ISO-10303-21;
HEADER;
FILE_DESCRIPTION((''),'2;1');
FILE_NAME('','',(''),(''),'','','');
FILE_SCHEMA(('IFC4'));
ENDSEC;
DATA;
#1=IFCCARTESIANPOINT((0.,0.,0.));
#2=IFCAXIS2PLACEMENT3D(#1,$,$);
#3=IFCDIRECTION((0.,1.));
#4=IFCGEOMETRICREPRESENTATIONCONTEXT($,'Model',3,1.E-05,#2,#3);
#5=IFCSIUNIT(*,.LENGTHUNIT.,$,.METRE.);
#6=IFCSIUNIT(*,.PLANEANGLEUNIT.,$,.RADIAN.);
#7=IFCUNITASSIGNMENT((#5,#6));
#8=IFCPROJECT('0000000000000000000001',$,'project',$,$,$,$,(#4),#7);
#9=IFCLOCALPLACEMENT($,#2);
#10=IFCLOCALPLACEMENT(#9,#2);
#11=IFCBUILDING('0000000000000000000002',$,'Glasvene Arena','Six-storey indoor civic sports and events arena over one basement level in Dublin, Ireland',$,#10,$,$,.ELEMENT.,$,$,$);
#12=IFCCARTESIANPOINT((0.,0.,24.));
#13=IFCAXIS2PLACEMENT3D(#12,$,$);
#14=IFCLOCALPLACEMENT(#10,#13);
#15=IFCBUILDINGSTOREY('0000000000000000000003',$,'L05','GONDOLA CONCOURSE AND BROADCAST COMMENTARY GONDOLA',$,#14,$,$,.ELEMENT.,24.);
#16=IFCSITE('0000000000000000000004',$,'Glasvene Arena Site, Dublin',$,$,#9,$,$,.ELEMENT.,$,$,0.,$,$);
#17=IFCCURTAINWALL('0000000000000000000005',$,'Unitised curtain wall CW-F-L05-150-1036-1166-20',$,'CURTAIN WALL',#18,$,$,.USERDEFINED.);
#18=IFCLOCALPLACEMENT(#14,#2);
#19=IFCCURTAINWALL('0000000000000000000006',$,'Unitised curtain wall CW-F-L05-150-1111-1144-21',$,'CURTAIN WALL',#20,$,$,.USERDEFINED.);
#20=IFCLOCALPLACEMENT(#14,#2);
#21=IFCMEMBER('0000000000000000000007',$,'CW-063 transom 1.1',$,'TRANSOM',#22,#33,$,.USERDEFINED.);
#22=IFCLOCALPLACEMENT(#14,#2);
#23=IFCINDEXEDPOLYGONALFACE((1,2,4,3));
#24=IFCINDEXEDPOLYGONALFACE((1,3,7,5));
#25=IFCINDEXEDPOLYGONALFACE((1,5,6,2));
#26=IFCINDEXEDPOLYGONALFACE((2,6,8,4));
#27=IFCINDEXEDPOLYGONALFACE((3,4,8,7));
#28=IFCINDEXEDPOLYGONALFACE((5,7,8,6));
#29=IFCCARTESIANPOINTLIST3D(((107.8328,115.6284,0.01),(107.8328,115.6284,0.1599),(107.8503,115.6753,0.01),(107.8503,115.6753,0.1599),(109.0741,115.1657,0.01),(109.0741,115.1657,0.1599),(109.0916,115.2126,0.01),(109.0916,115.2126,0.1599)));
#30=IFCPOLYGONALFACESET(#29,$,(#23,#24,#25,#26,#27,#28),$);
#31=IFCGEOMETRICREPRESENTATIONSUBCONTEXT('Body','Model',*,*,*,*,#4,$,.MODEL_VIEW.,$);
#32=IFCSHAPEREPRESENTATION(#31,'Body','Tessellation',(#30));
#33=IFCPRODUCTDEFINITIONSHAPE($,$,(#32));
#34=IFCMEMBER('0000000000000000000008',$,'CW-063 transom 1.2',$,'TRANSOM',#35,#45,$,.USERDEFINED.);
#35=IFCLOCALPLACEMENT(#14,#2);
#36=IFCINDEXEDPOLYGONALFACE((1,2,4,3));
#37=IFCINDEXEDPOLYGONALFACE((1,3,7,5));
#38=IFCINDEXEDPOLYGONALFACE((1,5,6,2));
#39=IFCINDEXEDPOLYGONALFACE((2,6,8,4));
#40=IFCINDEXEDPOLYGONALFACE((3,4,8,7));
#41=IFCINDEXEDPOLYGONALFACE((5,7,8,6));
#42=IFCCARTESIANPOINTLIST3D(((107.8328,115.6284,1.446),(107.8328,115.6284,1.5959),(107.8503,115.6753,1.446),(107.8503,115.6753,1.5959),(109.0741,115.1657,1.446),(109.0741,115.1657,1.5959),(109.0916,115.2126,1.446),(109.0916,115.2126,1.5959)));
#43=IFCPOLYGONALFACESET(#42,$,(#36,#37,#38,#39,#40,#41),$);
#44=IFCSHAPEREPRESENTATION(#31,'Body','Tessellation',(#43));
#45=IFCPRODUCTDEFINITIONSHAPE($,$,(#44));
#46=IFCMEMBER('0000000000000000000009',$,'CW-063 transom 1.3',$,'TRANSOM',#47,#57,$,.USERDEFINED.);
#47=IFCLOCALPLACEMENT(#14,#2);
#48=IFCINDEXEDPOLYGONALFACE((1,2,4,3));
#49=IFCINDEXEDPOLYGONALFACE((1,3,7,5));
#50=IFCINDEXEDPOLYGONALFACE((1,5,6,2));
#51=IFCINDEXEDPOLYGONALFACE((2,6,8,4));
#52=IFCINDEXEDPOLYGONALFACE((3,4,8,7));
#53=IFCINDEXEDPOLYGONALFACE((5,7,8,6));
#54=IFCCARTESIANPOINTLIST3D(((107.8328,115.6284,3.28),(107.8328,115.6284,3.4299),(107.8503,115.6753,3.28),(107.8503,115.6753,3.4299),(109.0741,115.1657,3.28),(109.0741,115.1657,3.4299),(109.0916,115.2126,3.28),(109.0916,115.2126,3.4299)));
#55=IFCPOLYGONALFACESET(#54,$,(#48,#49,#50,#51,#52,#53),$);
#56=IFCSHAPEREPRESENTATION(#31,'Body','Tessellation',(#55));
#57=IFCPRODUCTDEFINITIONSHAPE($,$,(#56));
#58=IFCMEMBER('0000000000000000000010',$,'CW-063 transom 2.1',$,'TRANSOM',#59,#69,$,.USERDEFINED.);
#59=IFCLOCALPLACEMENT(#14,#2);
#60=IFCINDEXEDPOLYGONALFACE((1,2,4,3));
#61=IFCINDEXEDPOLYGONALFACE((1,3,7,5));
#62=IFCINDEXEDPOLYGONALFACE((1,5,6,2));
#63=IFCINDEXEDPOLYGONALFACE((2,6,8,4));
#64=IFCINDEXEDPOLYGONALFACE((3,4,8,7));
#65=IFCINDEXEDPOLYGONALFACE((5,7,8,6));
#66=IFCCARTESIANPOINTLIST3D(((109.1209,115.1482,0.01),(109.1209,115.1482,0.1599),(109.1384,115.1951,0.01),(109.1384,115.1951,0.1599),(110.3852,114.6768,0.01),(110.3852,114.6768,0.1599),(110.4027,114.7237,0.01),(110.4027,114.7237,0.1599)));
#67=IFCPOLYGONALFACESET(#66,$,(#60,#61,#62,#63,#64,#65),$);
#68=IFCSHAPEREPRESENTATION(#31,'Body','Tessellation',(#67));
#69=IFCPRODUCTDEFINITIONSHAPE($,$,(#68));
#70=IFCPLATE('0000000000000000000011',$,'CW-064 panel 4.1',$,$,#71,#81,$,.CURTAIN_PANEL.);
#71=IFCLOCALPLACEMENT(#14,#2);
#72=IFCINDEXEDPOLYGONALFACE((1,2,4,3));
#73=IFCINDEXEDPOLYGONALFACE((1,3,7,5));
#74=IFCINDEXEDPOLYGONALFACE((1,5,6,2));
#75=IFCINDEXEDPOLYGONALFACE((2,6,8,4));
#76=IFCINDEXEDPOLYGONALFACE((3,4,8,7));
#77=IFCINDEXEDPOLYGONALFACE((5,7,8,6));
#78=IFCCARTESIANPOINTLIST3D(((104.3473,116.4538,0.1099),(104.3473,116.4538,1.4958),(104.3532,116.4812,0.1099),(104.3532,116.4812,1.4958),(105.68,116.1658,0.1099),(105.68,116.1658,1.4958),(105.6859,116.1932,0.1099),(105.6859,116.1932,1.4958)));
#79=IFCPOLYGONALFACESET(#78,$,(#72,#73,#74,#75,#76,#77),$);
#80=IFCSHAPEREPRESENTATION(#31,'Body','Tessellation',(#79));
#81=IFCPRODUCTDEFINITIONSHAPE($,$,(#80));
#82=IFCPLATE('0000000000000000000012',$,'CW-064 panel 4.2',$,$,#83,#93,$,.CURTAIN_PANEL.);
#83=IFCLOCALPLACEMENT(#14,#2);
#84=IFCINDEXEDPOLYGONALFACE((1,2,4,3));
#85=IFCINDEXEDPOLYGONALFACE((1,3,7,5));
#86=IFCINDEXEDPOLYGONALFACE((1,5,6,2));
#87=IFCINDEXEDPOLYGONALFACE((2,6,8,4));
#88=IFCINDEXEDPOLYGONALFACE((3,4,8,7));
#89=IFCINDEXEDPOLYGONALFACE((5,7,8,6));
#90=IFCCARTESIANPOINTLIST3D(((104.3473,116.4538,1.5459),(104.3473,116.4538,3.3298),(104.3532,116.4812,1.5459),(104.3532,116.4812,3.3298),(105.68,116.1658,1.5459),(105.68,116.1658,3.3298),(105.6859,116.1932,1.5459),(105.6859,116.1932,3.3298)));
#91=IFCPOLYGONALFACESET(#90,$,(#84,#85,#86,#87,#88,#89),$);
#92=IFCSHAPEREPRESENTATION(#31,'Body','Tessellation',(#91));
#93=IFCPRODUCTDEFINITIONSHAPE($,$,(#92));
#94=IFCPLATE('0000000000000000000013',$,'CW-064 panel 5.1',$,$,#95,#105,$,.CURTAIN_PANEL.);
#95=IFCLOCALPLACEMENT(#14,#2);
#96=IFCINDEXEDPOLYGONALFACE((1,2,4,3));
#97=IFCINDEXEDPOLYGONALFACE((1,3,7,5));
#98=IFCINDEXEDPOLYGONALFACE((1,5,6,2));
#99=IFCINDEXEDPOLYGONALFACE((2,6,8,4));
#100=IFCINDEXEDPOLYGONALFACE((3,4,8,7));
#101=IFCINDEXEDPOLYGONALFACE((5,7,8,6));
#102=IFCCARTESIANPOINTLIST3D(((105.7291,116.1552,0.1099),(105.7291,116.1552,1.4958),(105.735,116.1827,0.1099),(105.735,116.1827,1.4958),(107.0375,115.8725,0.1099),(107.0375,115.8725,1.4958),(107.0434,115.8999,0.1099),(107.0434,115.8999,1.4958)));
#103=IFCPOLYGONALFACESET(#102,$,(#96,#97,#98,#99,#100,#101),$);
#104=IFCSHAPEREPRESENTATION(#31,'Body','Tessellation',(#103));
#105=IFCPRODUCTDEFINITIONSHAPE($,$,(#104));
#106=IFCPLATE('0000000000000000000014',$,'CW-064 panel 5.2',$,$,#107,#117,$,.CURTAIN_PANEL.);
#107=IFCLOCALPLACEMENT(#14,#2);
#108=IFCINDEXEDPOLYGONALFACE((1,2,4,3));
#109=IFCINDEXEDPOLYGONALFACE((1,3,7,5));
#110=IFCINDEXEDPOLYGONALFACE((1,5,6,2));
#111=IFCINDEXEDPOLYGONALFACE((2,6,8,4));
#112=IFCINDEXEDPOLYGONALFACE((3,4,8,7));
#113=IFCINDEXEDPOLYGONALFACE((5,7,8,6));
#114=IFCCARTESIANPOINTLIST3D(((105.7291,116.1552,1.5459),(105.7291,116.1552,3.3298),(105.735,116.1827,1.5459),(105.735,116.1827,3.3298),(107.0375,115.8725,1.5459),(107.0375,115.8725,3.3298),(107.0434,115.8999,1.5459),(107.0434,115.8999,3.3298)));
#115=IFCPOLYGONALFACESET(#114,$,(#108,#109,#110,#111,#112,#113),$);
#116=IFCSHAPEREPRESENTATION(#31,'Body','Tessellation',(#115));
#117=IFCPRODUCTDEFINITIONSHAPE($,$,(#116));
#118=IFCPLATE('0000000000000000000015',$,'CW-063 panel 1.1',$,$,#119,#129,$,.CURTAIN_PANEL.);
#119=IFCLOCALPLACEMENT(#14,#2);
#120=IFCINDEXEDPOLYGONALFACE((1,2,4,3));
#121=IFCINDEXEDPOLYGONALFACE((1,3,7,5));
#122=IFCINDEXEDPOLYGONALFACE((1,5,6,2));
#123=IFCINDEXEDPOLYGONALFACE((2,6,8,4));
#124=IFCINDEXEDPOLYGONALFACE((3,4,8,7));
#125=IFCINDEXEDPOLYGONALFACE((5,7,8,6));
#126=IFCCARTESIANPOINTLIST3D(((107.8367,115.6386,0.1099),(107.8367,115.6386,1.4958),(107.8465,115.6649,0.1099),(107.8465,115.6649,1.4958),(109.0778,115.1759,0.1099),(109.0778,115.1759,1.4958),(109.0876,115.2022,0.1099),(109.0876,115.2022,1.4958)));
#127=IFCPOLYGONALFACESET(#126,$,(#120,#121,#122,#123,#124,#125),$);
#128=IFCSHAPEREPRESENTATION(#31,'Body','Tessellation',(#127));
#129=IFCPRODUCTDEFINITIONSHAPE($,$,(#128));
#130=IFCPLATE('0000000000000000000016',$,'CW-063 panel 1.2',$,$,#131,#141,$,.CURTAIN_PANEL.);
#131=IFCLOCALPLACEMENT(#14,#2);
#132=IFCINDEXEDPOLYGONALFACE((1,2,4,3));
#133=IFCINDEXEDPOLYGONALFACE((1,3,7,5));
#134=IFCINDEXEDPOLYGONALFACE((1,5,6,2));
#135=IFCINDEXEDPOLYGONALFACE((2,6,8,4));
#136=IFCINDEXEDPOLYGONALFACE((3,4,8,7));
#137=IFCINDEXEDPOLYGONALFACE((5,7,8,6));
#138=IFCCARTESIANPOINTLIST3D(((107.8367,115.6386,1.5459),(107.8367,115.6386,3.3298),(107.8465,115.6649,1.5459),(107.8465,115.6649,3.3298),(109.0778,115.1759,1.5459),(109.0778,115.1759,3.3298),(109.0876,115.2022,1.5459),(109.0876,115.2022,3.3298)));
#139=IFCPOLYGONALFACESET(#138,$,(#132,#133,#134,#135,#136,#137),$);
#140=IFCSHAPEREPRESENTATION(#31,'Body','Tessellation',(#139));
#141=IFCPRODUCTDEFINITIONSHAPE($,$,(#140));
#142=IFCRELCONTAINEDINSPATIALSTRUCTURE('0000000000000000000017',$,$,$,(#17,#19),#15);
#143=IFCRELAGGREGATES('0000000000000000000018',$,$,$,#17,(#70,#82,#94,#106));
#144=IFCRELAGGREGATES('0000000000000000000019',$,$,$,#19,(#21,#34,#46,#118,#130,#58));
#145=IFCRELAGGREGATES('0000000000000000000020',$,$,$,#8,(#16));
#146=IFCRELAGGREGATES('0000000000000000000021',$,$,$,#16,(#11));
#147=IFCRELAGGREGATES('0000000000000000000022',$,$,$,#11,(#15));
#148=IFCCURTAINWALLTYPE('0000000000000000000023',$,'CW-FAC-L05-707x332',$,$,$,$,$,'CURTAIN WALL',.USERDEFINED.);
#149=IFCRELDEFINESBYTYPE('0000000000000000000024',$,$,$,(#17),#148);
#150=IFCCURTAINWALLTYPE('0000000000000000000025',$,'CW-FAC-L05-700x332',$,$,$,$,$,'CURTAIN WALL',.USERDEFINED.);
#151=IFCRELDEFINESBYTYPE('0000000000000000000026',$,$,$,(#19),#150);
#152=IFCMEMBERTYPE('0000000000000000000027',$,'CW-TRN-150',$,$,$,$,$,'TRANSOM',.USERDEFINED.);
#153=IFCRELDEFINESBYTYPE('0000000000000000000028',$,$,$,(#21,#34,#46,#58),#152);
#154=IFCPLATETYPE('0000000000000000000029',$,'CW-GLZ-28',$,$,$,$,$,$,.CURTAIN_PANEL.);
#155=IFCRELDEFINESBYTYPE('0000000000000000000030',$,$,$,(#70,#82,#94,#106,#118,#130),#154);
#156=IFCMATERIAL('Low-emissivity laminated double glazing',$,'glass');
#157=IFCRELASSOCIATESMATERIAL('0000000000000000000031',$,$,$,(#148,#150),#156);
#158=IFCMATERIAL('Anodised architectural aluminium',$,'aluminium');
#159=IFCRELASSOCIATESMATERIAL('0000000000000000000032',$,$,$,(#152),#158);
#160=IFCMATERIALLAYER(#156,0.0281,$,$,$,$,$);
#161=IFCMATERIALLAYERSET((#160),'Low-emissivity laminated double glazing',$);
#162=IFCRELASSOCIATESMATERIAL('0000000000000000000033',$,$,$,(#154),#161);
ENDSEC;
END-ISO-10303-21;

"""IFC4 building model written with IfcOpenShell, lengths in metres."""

from ifc_helpers import new_model, si_unit, direction, frame, origin, origin_2d, place, context, subcontext, project, spatial, rectangle, extrude, material, layer, layer_set, material_profile, profile_set, type_object, element, aggregate, save


model = new_model("IFC4")

# Units and contexts
model_context = context("Model", 3, precision=1e-05, world=origin(), true_north=direction((0.0, 1.0)))
body_context = subcontext(model_context, "Body", "Model", "MODEL_VIEW")
ifc_project = project(units=[si_unit("LENGTHUNIT", "METRE"), si_unit("PLANEANGLEUNIT", "RADIAN")], contexts=[model_context])

# Site, building, storey
site_placement = place(None, origin())
site = spatial("IfcSite", under=ifc_project, at=site_placement, Name="Glasvene Arena Site, Dublin", CompositionType="ELEMENT", RefElevation=0.0)
building_placement = place(site_placement, origin())
building = spatial("IfcBuilding", under=site, at=building_placement, Name="Glasvene Arena", Description="Six-storey indoor civic sports and events arena over one basement level in Dublin, Ireland", CompositionType="ELEMENT")
storey_placement = place(building_placement, frame((0.0, 0.0, 24.0)))
storey = spatial("IfcBuildingStorey", under=building, at=storey_placement, Name="L05", Description="GONDOLA CONCOURSE AND BROADCAST COMMENTARY GONDOLA", CompositionType="ELEMENT", Elevation=24.0)

# Curtain walls
ifc_material_1 = material(Name="Low-emissivity laminated double glazing", Category="glass")
curtain_wall_type_1 = type_object("IfcCurtainWallType", Name="CW-FAC-L05-707x332", ElementType="CURTAIN WALL", PredefinedType="USERDEFINED", material=ifc_material_1)
curtain_wall_1_placement = place(storey_placement, frame((100.1807, 117.3684, 0.0)))
curtain_wall_1 = element("IfcCurtainWall", 1, at=curtain_wall_1_placement, inside=storey, type_object=curtain_wall_type_1, Name="Unitised curtain wall CW-F-L05-150-1036-1166-20", ObjectType="CURTAIN WALL", PredefinedType="USERDEFINED")
ifc_material_2 = material(Name="Anodised architectural aluminium", Category="aluminium")
curtain_wall_type_2 = type_object("IfcCurtainWallType", Name="CW-FAC-L05-700x332", ElementType="CURTAIN WALL", PredefinedType="USERDEFINED", material=ifc_material_1)
curtain_wall_2_placement = place(storey_placement, frame((107.7947, 115.6692, 0.0)))
curtain_wall_2 = element("IfcCurtainWall", 2, at=curtain_wall_2_placement, inside=storey, type_object=curtain_wall_type_2, Name="Unitised curtain wall CW-F-L05-150-1111-1144-21", ObjectType="CURTAIN WALL", PredefinedType="USERDEFINED")

# Members
ifc_material_profile_1 = material_profile(ifc_material_2, rectangle(XDim=0.05, YDim=0.1499, at=origin_2d()), Name="ALU TRANSOM 50x150")
ifc_profile_set_1 = profile_set([ifc_material_profile_1], Name="Anodised architectural aluminium")
member_type_1 = type_object("IfcMemberType", Name="CW-TRN-150", ElementType="TRANSOM", PredefinedType="USERDEFINED", material=ifc_profile_set_1)
member_1_placement = place(storey_placement, frame((107.8416, 115.6519, 0.085), z_axis=(0.937024, -0.349265, 0.0), x_axis=(0.349265, 0.937024, 0.0)))
member_1 = element("IfcMember", 3, at=member_1_placement, type_object=member_type_1, Name="CW-063 transom 1.1", ObjectType="TRANSOM", PredefinedType="USERDEFINED", context=body_context, shape_type="SweptSolid", body=[
    extrude(rectangle(XDim=0.05, YDim=0.1499, at=origin_2d()), origin(), (0.0, 0.0, 1.0), 1.3247),
])
member_2_placement = place(storey_placement, frame((107.8416, 115.6519, 1.521), z_axis=(0.937024, -0.349265, 0.0), x_axis=(0.349265, 0.937024, 0.0)))
member_2 = element("IfcMember", 4, at=member_2_placement, type_object=member_type_1, Name="CW-063 transom 1.2", ObjectType="TRANSOM", PredefinedType="USERDEFINED", context=body_context, shape_type="SweptSolid", body=[
    extrude(rectangle(XDim=0.05, YDim=0.1499, at=origin_2d()), origin(), (0.0, 0.0, 1.0), 1.3247),
])
member_3_placement = place(storey_placement, frame((107.8416, 115.6519, 3.355), z_axis=(0.937024, -0.349265, 0.0), x_axis=(0.349265, 0.937024, 0.0)))
member_3 = element("IfcMember", 5, at=member_3_placement, type_object=member_type_1, Name="CW-063 transom 1.3", ObjectType="TRANSOM", PredefinedType="USERDEFINED", context=body_context, shape_type="SweptSolid", body=[
    extrude(rectangle(XDim=0.05, YDim=0.1499, at=origin_2d()), origin(), (0.0, 0.0, 1.0), 1.3247),
])
member_4_placement = place(storey_placement, frame((109.1296, 115.1716, 0.085), z_axis=(0.936989, -0.349358, 0.0), x_axis=(0.349358, 0.936989, 0.0)))
member_4 = element("IfcMember", 6, at=member_4_placement, type_object=member_type_1, Name="CW-063 transom 2.1", ObjectType="TRANSOM", PredefinedType="USERDEFINED", context=body_context, shape_type="SweptSolid", body=[
    extrude(rectangle(XDim=0.05, YDim=0.1499, at=origin_2d()), origin(), (0.0, 0.0, 1.0), 1.3494),
])

# Plates
ifc_layer = layer(ifc_material_1, 0.0281)
ifc_layer_set = layer_set([ifc_layer], Name="Low-emissivity laminated double glazing")
plate_type = type_object("IfcPlateType", Name="CW-GLZ-28", PredefinedType="CURTAIN_PANEL", material=ifc_layer_set)
plate_1_placement = place(storey_placement, frame((105.0166, 116.3235, 0.1099), z_axis=(0.0, 0.0, 1.0), x_axis=(0.977438, -0.211221, 0.0)))
plate_1 = element("IfcPlate", 7, at=plate_1_placement, type_object=plate_type, Name="CW-064 panel 4.1", PredefinedType="CURTAIN_PANEL", context=body_context, shape_type="SweptSolid", body=[
    extrude(rectangle(XDim=1.3635, YDim=0.0281, at=origin_2d()), origin(), (0.0, 0.0, 1.0), 1.386),
])
plate_2_placement = place(storey_placement, frame((105.0166, 116.3235, 1.5459), z_axis=(0.0, 0.0, 1.0), x_axis=(0.977438, -0.211221, 0.0)))
plate_2 = element("IfcPlate", 8, at=plate_2_placement, type_object=plate_type, Name="CW-064 panel 4.2", PredefinedType="CURTAIN_PANEL", context=body_context, shape_type="SweptSolid", body=[
    extrude(rectangle(XDim=1.3635, YDim=0.0281, at=origin_2d()), origin(), (0.0, 0.0, 1.0), 1.7839),
])
plate_3_placement = place(storey_placement, frame((106.3862, 116.0276, 0.1099), z_axis=(0.0, 0.0, 1.0), x_axis=(0.977438, -0.211221, 0.0)))
plate_3 = element("IfcPlate", 9, at=plate_3_placement, type_object=plate_type, Name="CW-064 panel 5.1", PredefinedType="CURTAIN_PANEL", context=body_context, shape_type="SweptSolid", body=[
    extrude(rectangle(XDim=1.3386, YDim=0.0281, at=origin_2d()), origin(), (0.0, 0.0, 1.0), 1.386),
])
plate_4_placement = place(storey_placement, frame((106.3862, 116.0276, 1.5459), z_axis=(0.0, 0.0, 1.0), x_axis=(0.977438, -0.211221, 0.0)))
plate_4 = element("IfcPlate", 10, at=plate_4_placement, type_object=plate_type, Name="CW-064 panel 5.2", PredefinedType="CURTAIN_PANEL", context=body_context, shape_type="SweptSolid", body=[
    extrude(rectangle(XDim=1.3386, YDim=0.0281, at=origin_2d()), origin(), (0.0, 0.0, 1.0), 1.7839),
])
aggregate(curtain_wall_1, [plate_1, plate_2, plate_3, plate_4])
plate_5_placement = place(storey_placement, frame((108.4622, 115.4204, 0.1099), z_axis=(0.0, 0.0, 1.0), x_axis=(0.937012, -0.349297, 0.0)))
plate_5 = element("IfcPlate", 11, at=plate_5_placement, type_object=plate_type, Name="CW-063 panel 1.1", PredefinedType="CURTAIN_PANEL", context=body_context, shape_type="SweptSolid", body=[
    extrude(rectangle(XDim=1.3245, YDim=0.0281, at=origin_2d()), origin(), (0.0, 0.0, 1.0), 1.386),
])
plate_6_placement = place(storey_placement, frame((108.4622, 115.4204, 1.5459), z_axis=(0.0, 0.0, 1.0), x_axis=(0.937012, -0.349297, 0.0)))
plate_6 = element("IfcPlate", 12, at=plate_6_placement, type_object=plate_type, Name="CW-063 panel 1.2", PredefinedType="CURTAIN_PANEL", context=body_context, shape_type="SweptSolid", body=[
    extrude(rectangle(XDim=1.3245, YDim=0.0281, at=origin_2d()), origin(), (0.0, 0.0, 1.0), 1.7839),
])
aggregate(curtain_wall_2, [member_1, member_2, member_3, plate_5, plate_6, member_4])

save(model, "model.ifc")
